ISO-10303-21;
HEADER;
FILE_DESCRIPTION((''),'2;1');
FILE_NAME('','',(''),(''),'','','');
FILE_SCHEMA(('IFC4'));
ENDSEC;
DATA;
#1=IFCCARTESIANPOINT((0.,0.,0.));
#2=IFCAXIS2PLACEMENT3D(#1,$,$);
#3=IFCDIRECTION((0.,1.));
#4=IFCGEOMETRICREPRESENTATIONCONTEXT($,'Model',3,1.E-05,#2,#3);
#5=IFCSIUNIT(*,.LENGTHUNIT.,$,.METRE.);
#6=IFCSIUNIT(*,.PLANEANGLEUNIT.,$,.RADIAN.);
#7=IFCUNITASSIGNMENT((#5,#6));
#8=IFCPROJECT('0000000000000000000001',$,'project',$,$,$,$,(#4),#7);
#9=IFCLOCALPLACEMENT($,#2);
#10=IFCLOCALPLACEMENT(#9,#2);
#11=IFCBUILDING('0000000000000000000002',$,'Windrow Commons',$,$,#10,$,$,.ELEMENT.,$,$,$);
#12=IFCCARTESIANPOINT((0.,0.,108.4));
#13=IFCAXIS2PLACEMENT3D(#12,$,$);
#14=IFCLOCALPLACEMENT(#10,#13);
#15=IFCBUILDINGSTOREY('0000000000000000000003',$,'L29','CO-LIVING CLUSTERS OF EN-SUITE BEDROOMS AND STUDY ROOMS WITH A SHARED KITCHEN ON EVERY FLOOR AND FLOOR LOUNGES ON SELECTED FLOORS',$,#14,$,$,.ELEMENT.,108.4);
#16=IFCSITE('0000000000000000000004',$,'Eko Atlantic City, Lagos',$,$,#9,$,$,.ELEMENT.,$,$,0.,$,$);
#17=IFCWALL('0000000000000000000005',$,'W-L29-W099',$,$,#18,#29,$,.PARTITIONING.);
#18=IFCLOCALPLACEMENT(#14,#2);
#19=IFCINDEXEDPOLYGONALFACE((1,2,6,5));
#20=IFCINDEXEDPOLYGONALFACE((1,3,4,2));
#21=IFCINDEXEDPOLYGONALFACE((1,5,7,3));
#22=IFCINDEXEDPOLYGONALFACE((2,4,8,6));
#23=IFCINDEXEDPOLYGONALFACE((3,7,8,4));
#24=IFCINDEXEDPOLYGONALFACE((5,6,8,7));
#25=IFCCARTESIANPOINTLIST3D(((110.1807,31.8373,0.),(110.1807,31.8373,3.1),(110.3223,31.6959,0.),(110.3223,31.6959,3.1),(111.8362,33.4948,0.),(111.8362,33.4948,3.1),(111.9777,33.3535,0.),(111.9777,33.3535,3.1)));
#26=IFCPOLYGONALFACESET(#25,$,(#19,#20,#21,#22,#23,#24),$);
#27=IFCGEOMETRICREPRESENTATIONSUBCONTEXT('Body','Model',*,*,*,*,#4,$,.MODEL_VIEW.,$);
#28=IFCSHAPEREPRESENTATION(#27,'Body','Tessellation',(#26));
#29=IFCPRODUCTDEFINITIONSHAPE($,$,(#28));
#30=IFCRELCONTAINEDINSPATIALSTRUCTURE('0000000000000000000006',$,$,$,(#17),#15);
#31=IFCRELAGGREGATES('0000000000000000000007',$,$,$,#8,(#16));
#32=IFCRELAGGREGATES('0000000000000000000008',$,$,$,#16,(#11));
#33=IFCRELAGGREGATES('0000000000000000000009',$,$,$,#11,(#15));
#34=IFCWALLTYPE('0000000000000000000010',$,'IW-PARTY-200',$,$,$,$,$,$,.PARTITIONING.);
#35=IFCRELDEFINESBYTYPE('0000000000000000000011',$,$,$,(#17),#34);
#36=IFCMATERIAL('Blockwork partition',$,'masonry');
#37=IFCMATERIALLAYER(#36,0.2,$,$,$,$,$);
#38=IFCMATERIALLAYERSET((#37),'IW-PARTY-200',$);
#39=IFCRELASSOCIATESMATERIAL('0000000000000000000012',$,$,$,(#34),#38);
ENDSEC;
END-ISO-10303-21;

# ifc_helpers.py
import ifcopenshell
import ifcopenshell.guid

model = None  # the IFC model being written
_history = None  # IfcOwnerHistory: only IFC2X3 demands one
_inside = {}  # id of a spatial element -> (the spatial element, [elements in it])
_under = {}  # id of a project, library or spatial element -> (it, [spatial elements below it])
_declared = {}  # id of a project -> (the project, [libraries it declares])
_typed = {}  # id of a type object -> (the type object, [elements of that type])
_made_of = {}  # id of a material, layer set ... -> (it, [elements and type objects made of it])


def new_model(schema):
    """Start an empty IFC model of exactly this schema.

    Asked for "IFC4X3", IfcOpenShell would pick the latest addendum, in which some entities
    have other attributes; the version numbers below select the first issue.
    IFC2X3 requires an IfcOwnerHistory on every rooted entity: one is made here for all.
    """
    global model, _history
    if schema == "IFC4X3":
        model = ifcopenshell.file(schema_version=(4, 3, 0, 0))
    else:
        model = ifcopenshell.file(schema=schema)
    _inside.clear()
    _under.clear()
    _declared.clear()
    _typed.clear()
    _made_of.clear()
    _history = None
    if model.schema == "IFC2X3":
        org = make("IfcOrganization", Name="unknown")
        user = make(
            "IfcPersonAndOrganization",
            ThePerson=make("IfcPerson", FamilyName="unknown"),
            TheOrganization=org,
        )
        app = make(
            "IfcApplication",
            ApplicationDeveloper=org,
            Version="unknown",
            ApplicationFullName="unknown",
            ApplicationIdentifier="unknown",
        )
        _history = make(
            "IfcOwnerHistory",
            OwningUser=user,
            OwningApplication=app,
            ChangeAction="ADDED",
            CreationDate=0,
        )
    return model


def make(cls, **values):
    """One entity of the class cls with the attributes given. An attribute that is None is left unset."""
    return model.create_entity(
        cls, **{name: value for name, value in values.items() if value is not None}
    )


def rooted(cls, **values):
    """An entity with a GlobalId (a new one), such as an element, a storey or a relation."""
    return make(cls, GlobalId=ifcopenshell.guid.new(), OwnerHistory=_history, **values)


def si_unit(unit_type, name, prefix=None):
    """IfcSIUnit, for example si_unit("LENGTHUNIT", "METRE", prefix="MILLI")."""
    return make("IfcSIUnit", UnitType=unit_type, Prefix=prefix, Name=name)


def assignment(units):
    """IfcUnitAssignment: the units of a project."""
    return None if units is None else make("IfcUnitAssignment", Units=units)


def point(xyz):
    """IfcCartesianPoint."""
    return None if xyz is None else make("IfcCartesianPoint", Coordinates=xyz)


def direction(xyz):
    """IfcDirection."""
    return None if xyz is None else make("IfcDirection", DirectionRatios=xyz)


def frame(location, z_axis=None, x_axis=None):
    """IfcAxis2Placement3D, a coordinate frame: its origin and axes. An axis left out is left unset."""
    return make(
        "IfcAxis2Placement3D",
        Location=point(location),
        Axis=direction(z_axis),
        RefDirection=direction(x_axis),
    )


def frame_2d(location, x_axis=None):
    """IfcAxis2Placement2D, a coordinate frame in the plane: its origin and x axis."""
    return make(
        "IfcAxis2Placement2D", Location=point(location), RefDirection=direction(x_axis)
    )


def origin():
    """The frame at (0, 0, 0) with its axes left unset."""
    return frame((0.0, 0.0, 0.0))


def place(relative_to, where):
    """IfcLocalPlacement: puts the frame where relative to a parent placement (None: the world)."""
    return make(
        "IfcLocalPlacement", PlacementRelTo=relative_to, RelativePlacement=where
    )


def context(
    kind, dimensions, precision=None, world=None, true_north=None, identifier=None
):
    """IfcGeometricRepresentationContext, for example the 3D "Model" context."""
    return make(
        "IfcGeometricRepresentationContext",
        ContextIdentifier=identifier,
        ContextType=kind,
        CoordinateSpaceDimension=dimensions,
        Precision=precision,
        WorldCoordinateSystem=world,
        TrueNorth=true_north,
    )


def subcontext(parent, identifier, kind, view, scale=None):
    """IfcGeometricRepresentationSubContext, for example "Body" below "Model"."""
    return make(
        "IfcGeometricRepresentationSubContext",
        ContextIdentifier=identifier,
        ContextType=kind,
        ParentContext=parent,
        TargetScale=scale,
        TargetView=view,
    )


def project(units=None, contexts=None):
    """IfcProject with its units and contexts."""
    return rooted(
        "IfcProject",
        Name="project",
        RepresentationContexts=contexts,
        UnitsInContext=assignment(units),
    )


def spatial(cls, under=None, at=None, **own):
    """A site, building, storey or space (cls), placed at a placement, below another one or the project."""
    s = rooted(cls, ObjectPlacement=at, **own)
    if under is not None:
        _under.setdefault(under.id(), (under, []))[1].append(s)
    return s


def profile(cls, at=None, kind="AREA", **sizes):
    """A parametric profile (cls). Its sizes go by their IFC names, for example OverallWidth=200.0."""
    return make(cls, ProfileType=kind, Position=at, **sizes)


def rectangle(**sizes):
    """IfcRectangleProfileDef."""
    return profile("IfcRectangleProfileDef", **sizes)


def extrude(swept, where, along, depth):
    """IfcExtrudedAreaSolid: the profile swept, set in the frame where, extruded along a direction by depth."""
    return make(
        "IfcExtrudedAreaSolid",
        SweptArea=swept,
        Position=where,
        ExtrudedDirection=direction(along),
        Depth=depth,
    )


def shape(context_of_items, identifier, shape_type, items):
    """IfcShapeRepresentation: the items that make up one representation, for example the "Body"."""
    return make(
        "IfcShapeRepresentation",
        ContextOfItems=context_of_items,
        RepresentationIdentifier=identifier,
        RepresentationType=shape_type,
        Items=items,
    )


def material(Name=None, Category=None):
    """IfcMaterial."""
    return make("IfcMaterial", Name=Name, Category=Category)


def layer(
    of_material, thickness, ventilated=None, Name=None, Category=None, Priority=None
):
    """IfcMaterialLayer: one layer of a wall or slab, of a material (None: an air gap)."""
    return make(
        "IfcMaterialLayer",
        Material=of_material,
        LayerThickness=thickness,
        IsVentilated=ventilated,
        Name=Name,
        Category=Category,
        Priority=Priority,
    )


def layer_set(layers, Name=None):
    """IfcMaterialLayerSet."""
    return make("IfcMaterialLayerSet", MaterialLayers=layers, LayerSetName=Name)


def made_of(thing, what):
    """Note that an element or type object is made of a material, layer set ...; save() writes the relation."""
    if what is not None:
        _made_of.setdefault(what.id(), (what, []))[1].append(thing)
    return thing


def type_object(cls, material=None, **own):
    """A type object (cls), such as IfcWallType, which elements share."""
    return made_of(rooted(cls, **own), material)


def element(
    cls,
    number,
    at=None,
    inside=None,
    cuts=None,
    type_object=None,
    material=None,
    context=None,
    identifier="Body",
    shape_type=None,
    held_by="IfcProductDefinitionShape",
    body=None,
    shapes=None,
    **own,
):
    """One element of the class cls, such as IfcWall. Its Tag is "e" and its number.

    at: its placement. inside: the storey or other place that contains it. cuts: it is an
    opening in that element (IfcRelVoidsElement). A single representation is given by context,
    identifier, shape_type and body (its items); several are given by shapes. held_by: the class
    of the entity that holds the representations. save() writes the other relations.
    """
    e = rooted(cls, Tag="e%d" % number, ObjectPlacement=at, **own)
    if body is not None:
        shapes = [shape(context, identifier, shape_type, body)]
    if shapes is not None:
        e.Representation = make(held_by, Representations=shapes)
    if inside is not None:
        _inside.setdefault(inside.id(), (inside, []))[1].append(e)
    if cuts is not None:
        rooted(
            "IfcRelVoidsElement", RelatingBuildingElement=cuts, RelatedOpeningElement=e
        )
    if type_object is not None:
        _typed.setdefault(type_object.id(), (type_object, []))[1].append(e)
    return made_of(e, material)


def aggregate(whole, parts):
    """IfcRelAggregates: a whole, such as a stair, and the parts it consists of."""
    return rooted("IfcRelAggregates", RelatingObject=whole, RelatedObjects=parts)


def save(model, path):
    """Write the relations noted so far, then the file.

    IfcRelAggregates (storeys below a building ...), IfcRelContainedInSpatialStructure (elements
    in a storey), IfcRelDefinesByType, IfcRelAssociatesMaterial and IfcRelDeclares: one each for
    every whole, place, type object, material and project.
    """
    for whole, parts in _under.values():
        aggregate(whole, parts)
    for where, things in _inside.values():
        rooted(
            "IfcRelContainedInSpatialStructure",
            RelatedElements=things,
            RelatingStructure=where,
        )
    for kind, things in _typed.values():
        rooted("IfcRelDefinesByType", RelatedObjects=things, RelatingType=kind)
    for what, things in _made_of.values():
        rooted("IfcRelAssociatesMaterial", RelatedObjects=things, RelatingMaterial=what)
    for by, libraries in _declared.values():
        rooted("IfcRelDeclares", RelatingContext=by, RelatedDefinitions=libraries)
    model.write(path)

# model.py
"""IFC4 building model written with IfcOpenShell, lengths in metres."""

from ifc_helpers import new_model, si_unit, direction, frame, frame_2d, origin, place, context, subcontext, project, spatial, rectangle, extrude, material, layer, layer_set, type_object, element, save


model = new_model("IFC4")

# Units and contexts
model_context = context("Model", 3, precision=1e-05, world=origin(), true_north=direction((0.0, 1.0)))
body_context = subcontext(model_context, "Body", "Model", "MODEL_VIEW")
ifc_project = project(units=[si_unit("LENGTHUNIT", "METRE"), si_unit("PLANEANGLEUNIT", "RADIAN")], contexts=[model_context])

# Site, building, storey
site_placement = place(None, origin())
site = spatial("IfcSite", under=ifc_project, at=site_placement, Name="Eko Atlantic City, Lagos", CompositionType="ELEMENT", RefElevation=0.0)
building_placement = place(site_placement, origin())
building = spatial("IfcBuilding", under=site, at=building_placement, Name="Windrow Commons", CompositionType="ELEMENT")
storey_placement = place(building_placement, frame((0.0, 0.0, 108.4)))
storey = spatial("IfcBuildingStorey", under=building, at=storey_placement, Name="L29", Description="CO-LIVING CLUSTERS OF EN-SUITE BEDROOMS AND STUDY ROOMS WITH A SHARED KITCHEN ON EVERY FLOOR AND FLOOR LOUNGES ON SELECTED FLOORS", CompositionType="ELEMENT", Elevation=108.4)

# Wall
ifc_material_1 = material(Name="Blockwork partition", Category="masonry")
ifc_layer_1 = layer(ifc_material_1, 0.2)
ifc_layer_set_1 = layer_set([ifc_layer_1], Name="IW-PARTY-200")
wall_type_1 = type_object("IfcWallType", Name="IW-PARTY-200", PredefinedType="PARTITIONING", material=ifc_layer_set_1)
wall_1_placement = place(storey_placement, frame((110.2515, 31.7666, 0.0), z_axis=(0.0, 0.0, 1.0), x_axis=(0.706658, 0.707555, 0.0)))
element("IfcWall", 1, at=wall_1_placement, inside=storey, type_object=wall_type_1, Name="W-L29-W099", PredefinedType="PARTITIONING", context=body_context, shape_type="SweptSolid", body=[
    extrude(rectangle(XDim=2.3426, YDim=0.2, at=frame_2d((1.1713, 0.0))), origin(), (0.0, 0.0, 1.0), 3.1),
])

save(model, "model.ifc")
